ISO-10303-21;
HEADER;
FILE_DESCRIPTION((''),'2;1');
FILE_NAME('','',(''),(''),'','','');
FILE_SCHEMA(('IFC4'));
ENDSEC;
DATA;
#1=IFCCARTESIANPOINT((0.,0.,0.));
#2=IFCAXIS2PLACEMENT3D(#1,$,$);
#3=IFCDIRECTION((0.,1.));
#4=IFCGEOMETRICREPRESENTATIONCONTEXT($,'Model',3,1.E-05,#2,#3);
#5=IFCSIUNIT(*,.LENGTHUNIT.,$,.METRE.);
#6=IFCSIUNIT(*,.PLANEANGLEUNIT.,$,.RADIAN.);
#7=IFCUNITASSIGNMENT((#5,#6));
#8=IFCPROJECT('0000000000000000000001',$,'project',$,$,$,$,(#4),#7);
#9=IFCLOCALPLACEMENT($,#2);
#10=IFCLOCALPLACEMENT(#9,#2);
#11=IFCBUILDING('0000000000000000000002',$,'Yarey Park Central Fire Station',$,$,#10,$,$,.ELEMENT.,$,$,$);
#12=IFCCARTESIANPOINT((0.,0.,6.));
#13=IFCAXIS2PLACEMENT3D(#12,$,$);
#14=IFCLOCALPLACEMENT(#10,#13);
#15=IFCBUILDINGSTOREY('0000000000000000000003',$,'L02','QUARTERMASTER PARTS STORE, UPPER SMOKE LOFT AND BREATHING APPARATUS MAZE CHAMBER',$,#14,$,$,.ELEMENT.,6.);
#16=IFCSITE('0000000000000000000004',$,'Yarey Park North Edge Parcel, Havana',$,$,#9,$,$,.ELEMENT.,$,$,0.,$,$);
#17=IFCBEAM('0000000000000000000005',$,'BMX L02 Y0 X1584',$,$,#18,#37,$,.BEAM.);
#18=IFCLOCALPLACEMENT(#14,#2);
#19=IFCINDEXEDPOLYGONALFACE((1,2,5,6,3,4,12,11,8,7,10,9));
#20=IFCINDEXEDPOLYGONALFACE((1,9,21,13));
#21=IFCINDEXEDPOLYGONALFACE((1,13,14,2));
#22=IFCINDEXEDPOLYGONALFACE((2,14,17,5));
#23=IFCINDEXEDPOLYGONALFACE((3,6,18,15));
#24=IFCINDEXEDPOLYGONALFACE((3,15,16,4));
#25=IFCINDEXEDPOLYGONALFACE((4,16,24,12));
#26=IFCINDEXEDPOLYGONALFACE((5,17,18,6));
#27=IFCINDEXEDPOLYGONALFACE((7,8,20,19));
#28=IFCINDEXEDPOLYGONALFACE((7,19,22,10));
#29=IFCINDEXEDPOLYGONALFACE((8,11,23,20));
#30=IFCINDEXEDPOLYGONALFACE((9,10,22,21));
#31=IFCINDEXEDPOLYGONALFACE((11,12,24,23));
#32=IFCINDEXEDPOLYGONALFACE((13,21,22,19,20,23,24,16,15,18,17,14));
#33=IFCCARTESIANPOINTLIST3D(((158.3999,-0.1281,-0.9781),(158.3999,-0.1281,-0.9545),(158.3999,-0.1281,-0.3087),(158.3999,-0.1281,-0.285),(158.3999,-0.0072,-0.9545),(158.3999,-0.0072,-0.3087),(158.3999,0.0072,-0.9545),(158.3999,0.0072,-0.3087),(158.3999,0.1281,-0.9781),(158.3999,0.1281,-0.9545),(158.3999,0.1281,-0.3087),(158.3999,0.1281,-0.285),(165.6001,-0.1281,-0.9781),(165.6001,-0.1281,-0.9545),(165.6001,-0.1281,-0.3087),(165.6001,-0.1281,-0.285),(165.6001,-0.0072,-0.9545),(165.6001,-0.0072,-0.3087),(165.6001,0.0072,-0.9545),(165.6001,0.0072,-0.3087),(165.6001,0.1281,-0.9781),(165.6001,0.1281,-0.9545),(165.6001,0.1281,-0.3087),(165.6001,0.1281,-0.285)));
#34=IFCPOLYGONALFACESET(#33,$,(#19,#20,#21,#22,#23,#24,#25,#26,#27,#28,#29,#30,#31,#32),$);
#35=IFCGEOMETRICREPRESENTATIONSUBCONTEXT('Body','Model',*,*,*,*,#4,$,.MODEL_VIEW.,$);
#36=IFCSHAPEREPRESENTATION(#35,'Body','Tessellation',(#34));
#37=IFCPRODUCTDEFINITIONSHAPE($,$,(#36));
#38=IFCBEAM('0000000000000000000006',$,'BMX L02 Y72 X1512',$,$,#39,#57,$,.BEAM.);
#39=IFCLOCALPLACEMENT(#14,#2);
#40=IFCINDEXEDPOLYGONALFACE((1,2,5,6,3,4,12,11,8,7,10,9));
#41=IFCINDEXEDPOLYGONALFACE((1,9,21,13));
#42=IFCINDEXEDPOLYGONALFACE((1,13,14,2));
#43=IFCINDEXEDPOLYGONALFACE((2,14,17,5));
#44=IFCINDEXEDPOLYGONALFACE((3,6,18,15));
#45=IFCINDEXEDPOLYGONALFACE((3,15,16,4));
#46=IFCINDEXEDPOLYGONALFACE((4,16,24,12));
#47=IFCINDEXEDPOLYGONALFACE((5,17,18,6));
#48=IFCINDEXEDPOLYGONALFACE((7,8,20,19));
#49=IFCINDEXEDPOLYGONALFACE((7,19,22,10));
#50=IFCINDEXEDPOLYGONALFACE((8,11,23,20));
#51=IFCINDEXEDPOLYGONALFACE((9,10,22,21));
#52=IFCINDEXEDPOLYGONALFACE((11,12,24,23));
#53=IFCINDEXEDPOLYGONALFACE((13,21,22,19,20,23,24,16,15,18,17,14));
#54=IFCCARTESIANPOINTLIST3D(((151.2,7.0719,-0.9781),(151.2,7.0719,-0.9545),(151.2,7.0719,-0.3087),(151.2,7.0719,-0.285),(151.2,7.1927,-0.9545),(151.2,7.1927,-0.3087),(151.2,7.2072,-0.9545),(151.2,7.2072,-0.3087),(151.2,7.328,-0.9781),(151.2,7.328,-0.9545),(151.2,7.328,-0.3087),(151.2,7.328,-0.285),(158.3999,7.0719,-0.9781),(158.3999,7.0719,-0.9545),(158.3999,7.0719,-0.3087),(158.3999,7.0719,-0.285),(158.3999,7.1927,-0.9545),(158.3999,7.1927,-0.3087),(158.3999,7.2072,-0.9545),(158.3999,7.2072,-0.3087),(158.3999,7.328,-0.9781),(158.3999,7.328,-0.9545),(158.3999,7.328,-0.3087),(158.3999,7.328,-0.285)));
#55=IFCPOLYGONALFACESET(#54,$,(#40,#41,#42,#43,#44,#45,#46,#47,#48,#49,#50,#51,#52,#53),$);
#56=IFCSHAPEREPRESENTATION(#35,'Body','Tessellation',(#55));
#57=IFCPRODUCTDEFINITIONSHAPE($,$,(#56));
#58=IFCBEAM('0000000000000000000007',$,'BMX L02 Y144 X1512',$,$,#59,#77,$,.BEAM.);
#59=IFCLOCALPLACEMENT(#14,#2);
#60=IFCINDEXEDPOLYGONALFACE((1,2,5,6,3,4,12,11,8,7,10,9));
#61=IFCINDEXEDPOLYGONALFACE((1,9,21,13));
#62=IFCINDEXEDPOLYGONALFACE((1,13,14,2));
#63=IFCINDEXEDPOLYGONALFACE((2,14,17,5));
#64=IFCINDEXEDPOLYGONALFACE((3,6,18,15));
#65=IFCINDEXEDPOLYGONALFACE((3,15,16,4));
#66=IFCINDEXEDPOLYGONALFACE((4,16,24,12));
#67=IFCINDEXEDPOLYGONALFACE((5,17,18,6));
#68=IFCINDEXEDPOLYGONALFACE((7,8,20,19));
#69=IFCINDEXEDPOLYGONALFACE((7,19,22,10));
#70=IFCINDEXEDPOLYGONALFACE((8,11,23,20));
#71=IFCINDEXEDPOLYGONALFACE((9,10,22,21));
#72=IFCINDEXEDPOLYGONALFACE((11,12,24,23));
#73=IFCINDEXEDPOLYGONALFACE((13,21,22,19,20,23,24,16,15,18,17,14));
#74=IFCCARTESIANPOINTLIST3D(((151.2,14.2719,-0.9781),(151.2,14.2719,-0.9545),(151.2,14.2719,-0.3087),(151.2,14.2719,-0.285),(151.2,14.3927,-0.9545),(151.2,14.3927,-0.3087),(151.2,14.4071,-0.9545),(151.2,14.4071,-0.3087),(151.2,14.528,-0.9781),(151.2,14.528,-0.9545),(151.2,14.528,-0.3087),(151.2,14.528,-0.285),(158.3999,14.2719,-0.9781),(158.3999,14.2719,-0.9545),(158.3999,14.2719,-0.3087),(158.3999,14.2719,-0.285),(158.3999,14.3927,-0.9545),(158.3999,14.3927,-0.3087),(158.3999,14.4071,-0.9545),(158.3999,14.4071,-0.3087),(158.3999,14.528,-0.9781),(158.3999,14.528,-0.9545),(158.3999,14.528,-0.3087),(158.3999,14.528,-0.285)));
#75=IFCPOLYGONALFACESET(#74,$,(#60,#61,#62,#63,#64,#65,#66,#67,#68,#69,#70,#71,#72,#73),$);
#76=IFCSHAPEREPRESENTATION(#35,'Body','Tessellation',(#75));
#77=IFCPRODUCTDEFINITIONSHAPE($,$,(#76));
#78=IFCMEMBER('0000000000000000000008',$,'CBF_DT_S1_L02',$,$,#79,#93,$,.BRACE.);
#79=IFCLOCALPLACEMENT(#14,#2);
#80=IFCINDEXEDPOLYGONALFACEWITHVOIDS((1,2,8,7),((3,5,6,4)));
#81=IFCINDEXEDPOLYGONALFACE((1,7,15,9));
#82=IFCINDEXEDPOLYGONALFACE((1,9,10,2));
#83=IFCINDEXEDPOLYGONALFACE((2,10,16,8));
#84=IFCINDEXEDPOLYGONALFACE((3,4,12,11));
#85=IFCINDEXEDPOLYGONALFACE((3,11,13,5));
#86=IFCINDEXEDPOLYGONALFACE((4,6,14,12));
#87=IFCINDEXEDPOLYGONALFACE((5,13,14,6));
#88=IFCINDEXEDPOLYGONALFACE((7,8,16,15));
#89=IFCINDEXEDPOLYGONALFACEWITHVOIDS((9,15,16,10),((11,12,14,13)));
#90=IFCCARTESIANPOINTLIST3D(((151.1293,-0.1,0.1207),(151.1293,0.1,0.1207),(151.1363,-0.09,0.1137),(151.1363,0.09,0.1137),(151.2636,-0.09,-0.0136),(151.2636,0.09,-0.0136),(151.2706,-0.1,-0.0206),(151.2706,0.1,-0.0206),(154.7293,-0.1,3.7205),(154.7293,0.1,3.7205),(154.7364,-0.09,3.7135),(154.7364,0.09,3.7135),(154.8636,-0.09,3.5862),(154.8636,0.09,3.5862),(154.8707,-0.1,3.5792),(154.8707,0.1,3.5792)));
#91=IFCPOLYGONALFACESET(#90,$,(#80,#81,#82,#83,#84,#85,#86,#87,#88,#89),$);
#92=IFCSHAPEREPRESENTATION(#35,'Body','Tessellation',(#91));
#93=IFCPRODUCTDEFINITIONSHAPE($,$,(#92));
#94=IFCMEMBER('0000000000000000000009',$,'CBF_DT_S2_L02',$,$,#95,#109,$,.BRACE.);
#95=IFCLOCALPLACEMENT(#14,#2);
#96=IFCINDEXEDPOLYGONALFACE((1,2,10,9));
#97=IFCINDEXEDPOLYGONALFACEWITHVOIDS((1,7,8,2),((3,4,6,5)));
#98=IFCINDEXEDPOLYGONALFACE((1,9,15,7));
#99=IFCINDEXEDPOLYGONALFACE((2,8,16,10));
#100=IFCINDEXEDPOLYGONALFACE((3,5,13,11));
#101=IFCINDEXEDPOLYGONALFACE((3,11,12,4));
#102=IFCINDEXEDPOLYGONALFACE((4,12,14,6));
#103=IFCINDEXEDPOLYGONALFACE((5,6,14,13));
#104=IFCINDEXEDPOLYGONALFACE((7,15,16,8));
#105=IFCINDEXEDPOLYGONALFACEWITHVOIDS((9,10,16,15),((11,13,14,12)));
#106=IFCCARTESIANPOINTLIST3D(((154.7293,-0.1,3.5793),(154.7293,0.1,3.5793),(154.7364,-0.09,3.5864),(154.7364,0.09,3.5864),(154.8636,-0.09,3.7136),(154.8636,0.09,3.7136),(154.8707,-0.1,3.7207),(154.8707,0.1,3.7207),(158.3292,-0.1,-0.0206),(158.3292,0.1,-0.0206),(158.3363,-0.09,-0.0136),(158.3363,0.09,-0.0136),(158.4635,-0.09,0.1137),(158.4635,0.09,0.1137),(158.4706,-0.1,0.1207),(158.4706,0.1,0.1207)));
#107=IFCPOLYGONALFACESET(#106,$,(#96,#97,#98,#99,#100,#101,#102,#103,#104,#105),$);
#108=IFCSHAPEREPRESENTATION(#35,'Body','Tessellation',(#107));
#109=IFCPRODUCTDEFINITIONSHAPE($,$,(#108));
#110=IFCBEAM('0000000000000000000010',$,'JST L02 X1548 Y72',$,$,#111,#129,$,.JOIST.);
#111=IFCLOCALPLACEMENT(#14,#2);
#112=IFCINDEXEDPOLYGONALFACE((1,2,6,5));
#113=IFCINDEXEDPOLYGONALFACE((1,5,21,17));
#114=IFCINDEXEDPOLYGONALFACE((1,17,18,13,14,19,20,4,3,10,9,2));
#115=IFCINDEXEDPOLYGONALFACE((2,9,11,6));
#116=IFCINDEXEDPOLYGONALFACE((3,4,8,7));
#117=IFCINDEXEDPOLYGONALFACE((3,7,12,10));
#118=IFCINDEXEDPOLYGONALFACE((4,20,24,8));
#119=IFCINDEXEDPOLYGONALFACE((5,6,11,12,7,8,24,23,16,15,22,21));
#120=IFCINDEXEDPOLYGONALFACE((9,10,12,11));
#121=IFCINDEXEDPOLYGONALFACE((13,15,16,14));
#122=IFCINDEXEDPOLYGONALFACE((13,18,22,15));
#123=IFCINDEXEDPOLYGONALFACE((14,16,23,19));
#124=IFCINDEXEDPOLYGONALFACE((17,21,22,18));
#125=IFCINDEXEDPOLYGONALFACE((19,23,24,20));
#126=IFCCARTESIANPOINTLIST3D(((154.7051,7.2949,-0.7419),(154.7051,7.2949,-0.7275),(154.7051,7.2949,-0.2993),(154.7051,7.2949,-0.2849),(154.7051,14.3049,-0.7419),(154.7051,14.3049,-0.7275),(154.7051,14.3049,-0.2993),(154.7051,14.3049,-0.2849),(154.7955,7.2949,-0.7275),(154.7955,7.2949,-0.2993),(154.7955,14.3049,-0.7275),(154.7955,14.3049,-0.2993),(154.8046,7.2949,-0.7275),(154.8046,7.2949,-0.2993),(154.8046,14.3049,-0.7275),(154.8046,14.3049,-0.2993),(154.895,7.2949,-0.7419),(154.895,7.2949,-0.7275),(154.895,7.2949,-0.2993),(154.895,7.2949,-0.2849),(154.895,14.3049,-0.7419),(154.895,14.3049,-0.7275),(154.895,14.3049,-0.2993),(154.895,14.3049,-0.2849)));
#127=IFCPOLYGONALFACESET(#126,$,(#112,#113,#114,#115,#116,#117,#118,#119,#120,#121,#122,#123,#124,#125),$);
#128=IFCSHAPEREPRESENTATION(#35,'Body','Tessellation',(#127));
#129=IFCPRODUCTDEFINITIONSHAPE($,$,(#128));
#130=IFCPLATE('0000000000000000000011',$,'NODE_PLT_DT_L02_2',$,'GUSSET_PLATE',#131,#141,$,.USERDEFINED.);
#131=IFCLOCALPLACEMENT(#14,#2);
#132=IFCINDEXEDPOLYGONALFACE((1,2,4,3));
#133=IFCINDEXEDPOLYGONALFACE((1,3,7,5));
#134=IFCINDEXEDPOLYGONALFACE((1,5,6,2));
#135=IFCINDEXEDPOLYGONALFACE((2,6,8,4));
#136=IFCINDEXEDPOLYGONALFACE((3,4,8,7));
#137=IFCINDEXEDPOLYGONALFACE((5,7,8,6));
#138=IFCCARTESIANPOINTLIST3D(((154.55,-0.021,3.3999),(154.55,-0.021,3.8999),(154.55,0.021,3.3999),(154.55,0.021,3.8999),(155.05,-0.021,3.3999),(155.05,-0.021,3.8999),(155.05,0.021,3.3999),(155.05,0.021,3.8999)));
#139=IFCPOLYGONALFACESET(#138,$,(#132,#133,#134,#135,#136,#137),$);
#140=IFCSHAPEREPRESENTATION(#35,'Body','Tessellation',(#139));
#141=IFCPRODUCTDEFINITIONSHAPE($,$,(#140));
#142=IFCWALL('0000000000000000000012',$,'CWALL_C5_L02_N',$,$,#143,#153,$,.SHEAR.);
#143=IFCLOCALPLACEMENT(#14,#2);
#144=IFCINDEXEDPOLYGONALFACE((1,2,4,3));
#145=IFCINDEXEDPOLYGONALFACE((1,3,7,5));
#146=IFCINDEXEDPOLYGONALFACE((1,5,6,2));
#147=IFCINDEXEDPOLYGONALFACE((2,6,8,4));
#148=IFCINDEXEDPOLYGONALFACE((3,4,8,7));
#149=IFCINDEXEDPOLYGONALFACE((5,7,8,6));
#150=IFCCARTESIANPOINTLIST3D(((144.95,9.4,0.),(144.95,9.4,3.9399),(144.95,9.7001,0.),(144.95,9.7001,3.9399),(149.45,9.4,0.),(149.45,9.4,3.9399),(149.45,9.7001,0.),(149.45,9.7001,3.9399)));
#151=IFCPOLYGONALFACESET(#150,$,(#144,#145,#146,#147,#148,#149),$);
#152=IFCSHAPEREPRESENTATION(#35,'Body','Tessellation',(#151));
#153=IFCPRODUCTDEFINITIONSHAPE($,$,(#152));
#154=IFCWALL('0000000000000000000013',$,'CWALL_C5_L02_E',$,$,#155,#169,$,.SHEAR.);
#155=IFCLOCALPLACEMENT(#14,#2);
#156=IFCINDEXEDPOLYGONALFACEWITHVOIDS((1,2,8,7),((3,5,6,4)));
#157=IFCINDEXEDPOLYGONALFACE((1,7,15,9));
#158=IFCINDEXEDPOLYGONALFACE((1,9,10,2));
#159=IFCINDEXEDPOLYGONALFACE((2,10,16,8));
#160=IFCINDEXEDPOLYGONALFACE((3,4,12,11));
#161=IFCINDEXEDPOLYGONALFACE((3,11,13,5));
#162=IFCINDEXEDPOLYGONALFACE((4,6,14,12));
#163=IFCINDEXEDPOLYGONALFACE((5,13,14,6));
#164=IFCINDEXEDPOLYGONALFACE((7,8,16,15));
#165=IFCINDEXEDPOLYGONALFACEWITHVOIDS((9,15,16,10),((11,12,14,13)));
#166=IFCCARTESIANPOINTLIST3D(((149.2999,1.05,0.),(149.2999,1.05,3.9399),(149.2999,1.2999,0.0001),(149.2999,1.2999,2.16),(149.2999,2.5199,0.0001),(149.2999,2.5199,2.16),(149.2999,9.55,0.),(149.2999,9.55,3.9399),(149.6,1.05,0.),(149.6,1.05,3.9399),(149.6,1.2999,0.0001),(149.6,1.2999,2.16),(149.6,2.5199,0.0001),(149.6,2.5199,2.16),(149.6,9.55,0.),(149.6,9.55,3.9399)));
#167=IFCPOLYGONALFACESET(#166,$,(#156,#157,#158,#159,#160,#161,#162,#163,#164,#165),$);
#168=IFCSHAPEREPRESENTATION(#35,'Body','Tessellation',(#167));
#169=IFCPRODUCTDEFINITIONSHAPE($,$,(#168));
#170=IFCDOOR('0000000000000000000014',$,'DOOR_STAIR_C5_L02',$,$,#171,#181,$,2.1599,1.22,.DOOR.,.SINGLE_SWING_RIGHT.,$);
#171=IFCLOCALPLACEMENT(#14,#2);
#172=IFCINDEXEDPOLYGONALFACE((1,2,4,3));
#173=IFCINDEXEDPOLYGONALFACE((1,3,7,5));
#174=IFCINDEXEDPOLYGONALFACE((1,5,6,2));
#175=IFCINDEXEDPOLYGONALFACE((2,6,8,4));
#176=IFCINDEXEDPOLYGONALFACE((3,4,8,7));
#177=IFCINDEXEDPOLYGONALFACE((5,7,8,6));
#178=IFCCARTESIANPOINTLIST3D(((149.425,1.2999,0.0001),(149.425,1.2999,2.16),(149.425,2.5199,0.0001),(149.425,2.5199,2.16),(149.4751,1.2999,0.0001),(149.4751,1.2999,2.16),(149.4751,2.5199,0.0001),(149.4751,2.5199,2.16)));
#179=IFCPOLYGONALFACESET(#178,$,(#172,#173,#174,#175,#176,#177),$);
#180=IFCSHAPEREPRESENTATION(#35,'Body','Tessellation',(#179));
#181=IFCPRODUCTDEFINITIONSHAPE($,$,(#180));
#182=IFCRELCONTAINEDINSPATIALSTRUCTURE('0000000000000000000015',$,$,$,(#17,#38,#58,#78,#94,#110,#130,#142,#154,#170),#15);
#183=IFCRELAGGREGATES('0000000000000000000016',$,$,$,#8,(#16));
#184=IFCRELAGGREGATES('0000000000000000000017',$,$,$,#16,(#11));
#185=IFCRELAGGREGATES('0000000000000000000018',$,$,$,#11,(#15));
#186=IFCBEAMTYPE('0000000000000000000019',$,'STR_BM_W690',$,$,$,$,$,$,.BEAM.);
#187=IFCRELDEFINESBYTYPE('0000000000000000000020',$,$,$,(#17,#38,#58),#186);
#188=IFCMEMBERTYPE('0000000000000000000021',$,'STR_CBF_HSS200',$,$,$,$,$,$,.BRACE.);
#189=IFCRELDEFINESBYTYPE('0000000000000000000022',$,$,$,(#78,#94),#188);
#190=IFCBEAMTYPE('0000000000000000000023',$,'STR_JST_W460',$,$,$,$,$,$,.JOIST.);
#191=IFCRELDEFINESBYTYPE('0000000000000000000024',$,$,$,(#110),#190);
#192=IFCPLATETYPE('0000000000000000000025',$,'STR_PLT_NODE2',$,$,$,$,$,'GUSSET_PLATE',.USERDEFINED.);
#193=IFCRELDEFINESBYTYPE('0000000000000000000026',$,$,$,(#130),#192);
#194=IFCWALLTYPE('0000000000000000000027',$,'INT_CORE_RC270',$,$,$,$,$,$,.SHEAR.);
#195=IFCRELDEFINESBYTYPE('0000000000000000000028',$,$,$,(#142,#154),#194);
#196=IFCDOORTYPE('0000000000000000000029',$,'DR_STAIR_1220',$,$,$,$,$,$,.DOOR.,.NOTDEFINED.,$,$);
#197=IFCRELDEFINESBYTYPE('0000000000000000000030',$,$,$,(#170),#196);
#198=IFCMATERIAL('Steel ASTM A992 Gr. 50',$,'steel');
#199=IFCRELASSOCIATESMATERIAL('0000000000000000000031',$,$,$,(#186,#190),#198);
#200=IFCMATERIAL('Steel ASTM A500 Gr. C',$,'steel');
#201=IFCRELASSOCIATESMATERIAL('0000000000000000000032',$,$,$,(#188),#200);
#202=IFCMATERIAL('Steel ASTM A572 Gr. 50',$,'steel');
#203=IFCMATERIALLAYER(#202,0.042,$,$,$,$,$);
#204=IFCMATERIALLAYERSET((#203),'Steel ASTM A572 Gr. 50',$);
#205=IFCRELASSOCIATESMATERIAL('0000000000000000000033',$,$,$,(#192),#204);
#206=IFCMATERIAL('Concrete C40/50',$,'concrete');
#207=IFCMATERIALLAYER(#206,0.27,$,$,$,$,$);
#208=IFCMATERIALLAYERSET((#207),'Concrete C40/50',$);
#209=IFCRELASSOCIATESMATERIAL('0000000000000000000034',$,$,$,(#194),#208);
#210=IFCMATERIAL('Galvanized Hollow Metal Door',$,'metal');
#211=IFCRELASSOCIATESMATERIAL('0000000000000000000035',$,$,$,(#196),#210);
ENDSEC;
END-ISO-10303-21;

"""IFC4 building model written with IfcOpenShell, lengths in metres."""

from ifc_helpers import new_model, si_unit, direction, frame, frame_2d, origin, origin_2d, place, context, subcontext, project, spatial, rectangle, hollow_rectangle, i_section, extrude, material, layer, layer_set, material_profile, profile_set, type_object, element, fill, save


model = new_model("IFC4")

# Units and contexts
model_context = context("Model", 3, precision=1e-05, world=origin(), true_north=direction((0.0, 1.0)))
body_context = subcontext(model_context, "Body", "Model", "MODEL_VIEW")
ifc_project = project(units=[si_unit("LENGTHUNIT", "METRE"), si_unit("PLANEANGLEUNIT", "RADIAN")], contexts=[model_context])

# Site, building, storey
site_placement = place(None, origin())
site = spatial("IfcSite", under=ifc_project, at=site_placement, Name="Yarey Park North Edge Parcel, Havana", CompositionType="ELEMENT", RefElevation=0.0)
building_placement = place(site_placement, origin())
building = spatial("IfcBuilding", under=site, at=building_placement, Name="Yarey Park Central Fire Station", CompositionType="ELEMENT")
storey_placement = place(building_placement, frame((0.0, 0.0, 6.0)))
storey = spatial("IfcBuildingStorey", under=building, at=storey_placement, Name="L02", Description="QUARTERMASTER PARTS STORE, UPPER SMOKE LOFT AND BREATHING APPARATUS MAZE CHAMBER", CompositionType="ELEMENT", Elevation=6.0)

# Shared definitions
ifc_material_1 = material(Name="Concrete C40/50", Category="concrete")
ifc_material_2 = material(Name="Steel ASTM A992 Gr. 50", Category="steel")

# Beams
ifc_material_profile_1 = material_profile(ifc_material_2, i_section(OverallWidth=0.2561, OverallDepth=0.6931, WebThickness=0.0144, FlangeThickness=0.0237, at=origin_2d()), Name="W690x170")
ifc_profile_set_1 = profile_set([ifc_material_profile_1], Name="Steel ASTM A992 Gr. 50")
beam_type_1 = type_object("IfcBeamType", Name="STR_BM_W690", PredefinedType="BEAM", material=ifc_profile_set_1)
beam_1_placement = place(storey_placement, frame((158.3999, 0.0, -0.6316), z_axis=(1.0, 0.0, 0.0), x_axis=(0.0, 1.0, 0.0)))
element("IfcBeam", 1, at=beam_1_placement, inside=storey, type_object=beam_type_1, Name="BMX L02 Y0 X1584", PredefinedType="BEAM", context=body_context, shape_type="SweptSolid", body=[
    extrude(i_section(OverallWidth=0.2561, OverallDepth=0.6931, WebThickness=0.0144, FlangeThickness=0.0237, at=origin_2d()), origin(), (0.0, 0.0, 1.0), 7.2002),
])
for number, where, z_axis, x_axis, name in (
    (2, (151.2, 7.2, -0.6316), (1.0, 0.0, 0.0), (0.0, 1.0, 0.0), "BMX L02 Y72 X1512"),
    (3, (151.2, 14.3999, -0.6316), (1.0, 0.0, 0.0), (0.0, 1.0, 0.0), "BMX L02 Y144 X1512"),
):
    element("IfcBeam", number, at=place(storey_placement, frame(where, z_axis=z_axis, x_axis=x_axis)), inside=storey, type_object=beam_type_1, Name=name, PredefinedType="BEAM", context=body_context, shape_type="SweptSolid", body=[
        extrude(i_section(OverallWidth=0.2561, OverallDepth=0.6931, WebThickness=0.0144, FlangeThickness=0.0237, at=origin_2d()), origin(), (0.0, 0.0, 1.0), 7.2),
    ])

# Members
ifc_material_3 = material(Name="Steel ASTM A500 Gr. C", Category="steel")
ifc_material_profile_2 = material_profile(ifc_material_3, hollow_rectangle(XDim=0.2, YDim=0.2, WallThickness=0.01, at=origin_2d()), Name="HSS 200x200x10")
ifc_profile_set_2 = profile_set([ifc_material_profile_2], Name="Steel ASTM A500 Gr. C")
member_type = type_object("IfcMemberType", Name="STR_CBF_HSS200", PredefinedType="BRACE", material=ifc_profile_set_2)
for number, where, z_axis, x_axis, name in (
    (4, (151.2, 0.0, 0.05), (0.707131, 0.0, 0.707083), (0.0, 1.0, 0.0), "CBF_DT_S1_L02"),
    (5, (158.3999, 0.0, 0.05), (-0.707107, 0.0, 0.707107), (0.0, -1.0, 0.0), "CBF_DT_S2_L02"),
):
    element("IfcMember", number, at=place(storey_placement, frame(where, z_axis=z_axis, x_axis=x_axis)), inside=storey, type_object=member_type, Name=name, PredefinedType="BRACE", context=body_context, shape_type="SweptSolid", body=[
        extrude(hollow_rectangle(XDim=0.2, YDim=0.2, WallThickness=0.01, at=origin_2d()), origin(), (0.0, 0.0, 1.0), 5.0911),
    ])

# Beam
ifc_material_profile_3 = material_profile(ifc_material_2, i_section(OverallWidth=0.1899, OverallDepth=0.457, WebThickness=0.009, FlangeThickness=0.0144, at=origin_2d()), Name="W460x74")
ifc_profile_set_3 = profile_set([ifc_material_profile_3], Name="Steel ASTM A992 Gr. 50")
beam_type_2 = type_object("IfcBeamType", Name="STR_JST_W460", PredefinedType="JOIST", material=ifc_profile_set_3)
beam_2_placement = place(storey_placement, frame((154.8, 7.2949, -0.5134), z_axis=(0.0, 1.0, 0.0), x_axis=(-1.0, 0.0, 0.0)))
element("IfcBeam", 6, at=beam_2_placement, inside=storey, type_object=beam_type_2, Name="JST L02 X1548 Y72", PredefinedType="JOIST", context=body_context, shape_type="SweptSolid", body=[
    extrude(i_section(OverallWidth=0.1899, OverallDepth=0.457, WebThickness=0.009, FlangeThickness=0.0144, at=origin_2d()), origin(), (0.0, 0.0, 1.0), 7.01),
])

# Plate
ifc_material_4 = material(Name="Steel ASTM A572 Gr. 50", Category="steel")
ifc_layer_1 = layer(ifc_material_4, 0.042)
ifc_layer_set_1 = layer_set([ifc_layer_1], Name="Steel ASTM A572 Gr. 50")
plate_type = type_object("IfcPlateType", Name="STR_PLT_NODE2", ElementType="GUSSET_PLATE", PredefinedType="USERDEFINED", material=ifc_layer_set_1)
plate_placement = place(storey_placement, frame((154.8, 0.0, 3.3999), z_axis=(0.0, 0.0, 1.0), x_axis=(1.0, 0.0, 0.0)))
element("IfcPlate", 7, at=plate_placement, inside=storey, type_object=plate_type, Name="NODE_PLT_DT_L02_2", ObjectType="GUSSET_PLATE", PredefinedType="USERDEFINED", context=body_context, shape_type="SweptSolid", body=[
    extrude(rectangle(XDim=0.5, YDim=0.042, at=origin_2d()), origin(), (0.0, 0.0, 1.0), 0.5),
])

# Wall
ifc_layer_2 = layer(ifc_material_1, 0.27)
ifc_layer_set_2 = layer_set([ifc_layer_2], Name="Concrete C40/50")
wall_type_1 = type_object("IfcWallType", Name="INT_CORE_RC270", PredefinedType="SHEAR", material=ifc_layer_set_2)
wall_1_placement = place(storey_placement, frame((149.45, 9.55, 0.0), z_axis=(0.0, 0.0, 1.0), x_axis=(-1.0, 0.0, 0.0)))
element("IfcWall", 8, at=wall_1_placement, inside=storey, type_object=wall_type_1, Name="CWALL_C5_L02_N", PredefinedType="SHEAR", context=body_context, shape_type="SweptSolid", body=[
    extrude(rectangle(XDim=4.5, YDim=0.3, at=frame_2d((2.25, 0.0))), origin(), (0.0, 0.0, 1.0), 3.9399),
])

# Wall, opening, door
wall_2_placement = place(storey_placement, frame((149.45, 1.05, 0.0), z_axis=(0.0, 0.0, 1.0), x_axis=(0.0, 1.0, 0.0)))
wall_2 = element("IfcWall", 9, at=wall_2_placement, inside=storey, type_object=wall_type_1, Name="CWALL_C5_L02_E", PredefinedType="SHEAR", context=body_context, shape_type="SweptSolid", body=[
    extrude(rectangle(XDim=8.5, YDim=0.3, at=frame_2d((4.25, 0.0))), origin(), (0.0, 0.0, 1.0), 3.9399),
])
opening_1_placement = place(wall_2_placement, frame((0.25, 0.0, 0.0)))
opening_1 = element("IfcOpeningElement", 10, at=opening_1_placement, cuts=wall_2, PredefinedType="OPENING", context=body_context, shape_type="SweptSolid", body=[
    extrude(rectangle(XDim=1.22, YDim=2.1599, at=frame_2d((0.6099, 1.0801))), frame((0.0, 0.1599, 0.0), z_axis=(0.0, -1.0, 0.0), x_axis=(1.0, 0.0, 0.0)), (0.0, 0.0, 1.0), 0.3201),
])
ifc_material_5 = material(Name="Galvanized Hollow Metal Door", Category="metal")
door_type_1 = type_object("IfcDoorType", Name="DR_STAIR_1220", OperationType="NOTDEFINED", PredefinedType="DOOR", material=ifc_material_5)
door_1_placement = place(opening_1_placement, origin())
door_1 = element("IfcDoor", 11, at=door_1_placement, inside=storey, type_object=door_type_1, Name="DOOR_STAIR_C5_L02", OperationType="SINGLE_SWING_RIGHT", OverallHeight=2.1599, OverallWidth=1.22, PredefinedType="DOOR", context=body_context, shape_type="SweptSolid", body=[
    extrude(rectangle(XDim=1.22, YDim=2.1599, at=frame_2d((0.6099, 1.0801))), frame((0.0, 0.0249, 0.0), z_axis=(0.0, -1.0, 0.0), x_axis=(1.0, 0.0, 0.0)), (0.0, 0.0, 1.0), 0.05),
])
fill(opening_1, door_1)

save(model, "model.ifc")
